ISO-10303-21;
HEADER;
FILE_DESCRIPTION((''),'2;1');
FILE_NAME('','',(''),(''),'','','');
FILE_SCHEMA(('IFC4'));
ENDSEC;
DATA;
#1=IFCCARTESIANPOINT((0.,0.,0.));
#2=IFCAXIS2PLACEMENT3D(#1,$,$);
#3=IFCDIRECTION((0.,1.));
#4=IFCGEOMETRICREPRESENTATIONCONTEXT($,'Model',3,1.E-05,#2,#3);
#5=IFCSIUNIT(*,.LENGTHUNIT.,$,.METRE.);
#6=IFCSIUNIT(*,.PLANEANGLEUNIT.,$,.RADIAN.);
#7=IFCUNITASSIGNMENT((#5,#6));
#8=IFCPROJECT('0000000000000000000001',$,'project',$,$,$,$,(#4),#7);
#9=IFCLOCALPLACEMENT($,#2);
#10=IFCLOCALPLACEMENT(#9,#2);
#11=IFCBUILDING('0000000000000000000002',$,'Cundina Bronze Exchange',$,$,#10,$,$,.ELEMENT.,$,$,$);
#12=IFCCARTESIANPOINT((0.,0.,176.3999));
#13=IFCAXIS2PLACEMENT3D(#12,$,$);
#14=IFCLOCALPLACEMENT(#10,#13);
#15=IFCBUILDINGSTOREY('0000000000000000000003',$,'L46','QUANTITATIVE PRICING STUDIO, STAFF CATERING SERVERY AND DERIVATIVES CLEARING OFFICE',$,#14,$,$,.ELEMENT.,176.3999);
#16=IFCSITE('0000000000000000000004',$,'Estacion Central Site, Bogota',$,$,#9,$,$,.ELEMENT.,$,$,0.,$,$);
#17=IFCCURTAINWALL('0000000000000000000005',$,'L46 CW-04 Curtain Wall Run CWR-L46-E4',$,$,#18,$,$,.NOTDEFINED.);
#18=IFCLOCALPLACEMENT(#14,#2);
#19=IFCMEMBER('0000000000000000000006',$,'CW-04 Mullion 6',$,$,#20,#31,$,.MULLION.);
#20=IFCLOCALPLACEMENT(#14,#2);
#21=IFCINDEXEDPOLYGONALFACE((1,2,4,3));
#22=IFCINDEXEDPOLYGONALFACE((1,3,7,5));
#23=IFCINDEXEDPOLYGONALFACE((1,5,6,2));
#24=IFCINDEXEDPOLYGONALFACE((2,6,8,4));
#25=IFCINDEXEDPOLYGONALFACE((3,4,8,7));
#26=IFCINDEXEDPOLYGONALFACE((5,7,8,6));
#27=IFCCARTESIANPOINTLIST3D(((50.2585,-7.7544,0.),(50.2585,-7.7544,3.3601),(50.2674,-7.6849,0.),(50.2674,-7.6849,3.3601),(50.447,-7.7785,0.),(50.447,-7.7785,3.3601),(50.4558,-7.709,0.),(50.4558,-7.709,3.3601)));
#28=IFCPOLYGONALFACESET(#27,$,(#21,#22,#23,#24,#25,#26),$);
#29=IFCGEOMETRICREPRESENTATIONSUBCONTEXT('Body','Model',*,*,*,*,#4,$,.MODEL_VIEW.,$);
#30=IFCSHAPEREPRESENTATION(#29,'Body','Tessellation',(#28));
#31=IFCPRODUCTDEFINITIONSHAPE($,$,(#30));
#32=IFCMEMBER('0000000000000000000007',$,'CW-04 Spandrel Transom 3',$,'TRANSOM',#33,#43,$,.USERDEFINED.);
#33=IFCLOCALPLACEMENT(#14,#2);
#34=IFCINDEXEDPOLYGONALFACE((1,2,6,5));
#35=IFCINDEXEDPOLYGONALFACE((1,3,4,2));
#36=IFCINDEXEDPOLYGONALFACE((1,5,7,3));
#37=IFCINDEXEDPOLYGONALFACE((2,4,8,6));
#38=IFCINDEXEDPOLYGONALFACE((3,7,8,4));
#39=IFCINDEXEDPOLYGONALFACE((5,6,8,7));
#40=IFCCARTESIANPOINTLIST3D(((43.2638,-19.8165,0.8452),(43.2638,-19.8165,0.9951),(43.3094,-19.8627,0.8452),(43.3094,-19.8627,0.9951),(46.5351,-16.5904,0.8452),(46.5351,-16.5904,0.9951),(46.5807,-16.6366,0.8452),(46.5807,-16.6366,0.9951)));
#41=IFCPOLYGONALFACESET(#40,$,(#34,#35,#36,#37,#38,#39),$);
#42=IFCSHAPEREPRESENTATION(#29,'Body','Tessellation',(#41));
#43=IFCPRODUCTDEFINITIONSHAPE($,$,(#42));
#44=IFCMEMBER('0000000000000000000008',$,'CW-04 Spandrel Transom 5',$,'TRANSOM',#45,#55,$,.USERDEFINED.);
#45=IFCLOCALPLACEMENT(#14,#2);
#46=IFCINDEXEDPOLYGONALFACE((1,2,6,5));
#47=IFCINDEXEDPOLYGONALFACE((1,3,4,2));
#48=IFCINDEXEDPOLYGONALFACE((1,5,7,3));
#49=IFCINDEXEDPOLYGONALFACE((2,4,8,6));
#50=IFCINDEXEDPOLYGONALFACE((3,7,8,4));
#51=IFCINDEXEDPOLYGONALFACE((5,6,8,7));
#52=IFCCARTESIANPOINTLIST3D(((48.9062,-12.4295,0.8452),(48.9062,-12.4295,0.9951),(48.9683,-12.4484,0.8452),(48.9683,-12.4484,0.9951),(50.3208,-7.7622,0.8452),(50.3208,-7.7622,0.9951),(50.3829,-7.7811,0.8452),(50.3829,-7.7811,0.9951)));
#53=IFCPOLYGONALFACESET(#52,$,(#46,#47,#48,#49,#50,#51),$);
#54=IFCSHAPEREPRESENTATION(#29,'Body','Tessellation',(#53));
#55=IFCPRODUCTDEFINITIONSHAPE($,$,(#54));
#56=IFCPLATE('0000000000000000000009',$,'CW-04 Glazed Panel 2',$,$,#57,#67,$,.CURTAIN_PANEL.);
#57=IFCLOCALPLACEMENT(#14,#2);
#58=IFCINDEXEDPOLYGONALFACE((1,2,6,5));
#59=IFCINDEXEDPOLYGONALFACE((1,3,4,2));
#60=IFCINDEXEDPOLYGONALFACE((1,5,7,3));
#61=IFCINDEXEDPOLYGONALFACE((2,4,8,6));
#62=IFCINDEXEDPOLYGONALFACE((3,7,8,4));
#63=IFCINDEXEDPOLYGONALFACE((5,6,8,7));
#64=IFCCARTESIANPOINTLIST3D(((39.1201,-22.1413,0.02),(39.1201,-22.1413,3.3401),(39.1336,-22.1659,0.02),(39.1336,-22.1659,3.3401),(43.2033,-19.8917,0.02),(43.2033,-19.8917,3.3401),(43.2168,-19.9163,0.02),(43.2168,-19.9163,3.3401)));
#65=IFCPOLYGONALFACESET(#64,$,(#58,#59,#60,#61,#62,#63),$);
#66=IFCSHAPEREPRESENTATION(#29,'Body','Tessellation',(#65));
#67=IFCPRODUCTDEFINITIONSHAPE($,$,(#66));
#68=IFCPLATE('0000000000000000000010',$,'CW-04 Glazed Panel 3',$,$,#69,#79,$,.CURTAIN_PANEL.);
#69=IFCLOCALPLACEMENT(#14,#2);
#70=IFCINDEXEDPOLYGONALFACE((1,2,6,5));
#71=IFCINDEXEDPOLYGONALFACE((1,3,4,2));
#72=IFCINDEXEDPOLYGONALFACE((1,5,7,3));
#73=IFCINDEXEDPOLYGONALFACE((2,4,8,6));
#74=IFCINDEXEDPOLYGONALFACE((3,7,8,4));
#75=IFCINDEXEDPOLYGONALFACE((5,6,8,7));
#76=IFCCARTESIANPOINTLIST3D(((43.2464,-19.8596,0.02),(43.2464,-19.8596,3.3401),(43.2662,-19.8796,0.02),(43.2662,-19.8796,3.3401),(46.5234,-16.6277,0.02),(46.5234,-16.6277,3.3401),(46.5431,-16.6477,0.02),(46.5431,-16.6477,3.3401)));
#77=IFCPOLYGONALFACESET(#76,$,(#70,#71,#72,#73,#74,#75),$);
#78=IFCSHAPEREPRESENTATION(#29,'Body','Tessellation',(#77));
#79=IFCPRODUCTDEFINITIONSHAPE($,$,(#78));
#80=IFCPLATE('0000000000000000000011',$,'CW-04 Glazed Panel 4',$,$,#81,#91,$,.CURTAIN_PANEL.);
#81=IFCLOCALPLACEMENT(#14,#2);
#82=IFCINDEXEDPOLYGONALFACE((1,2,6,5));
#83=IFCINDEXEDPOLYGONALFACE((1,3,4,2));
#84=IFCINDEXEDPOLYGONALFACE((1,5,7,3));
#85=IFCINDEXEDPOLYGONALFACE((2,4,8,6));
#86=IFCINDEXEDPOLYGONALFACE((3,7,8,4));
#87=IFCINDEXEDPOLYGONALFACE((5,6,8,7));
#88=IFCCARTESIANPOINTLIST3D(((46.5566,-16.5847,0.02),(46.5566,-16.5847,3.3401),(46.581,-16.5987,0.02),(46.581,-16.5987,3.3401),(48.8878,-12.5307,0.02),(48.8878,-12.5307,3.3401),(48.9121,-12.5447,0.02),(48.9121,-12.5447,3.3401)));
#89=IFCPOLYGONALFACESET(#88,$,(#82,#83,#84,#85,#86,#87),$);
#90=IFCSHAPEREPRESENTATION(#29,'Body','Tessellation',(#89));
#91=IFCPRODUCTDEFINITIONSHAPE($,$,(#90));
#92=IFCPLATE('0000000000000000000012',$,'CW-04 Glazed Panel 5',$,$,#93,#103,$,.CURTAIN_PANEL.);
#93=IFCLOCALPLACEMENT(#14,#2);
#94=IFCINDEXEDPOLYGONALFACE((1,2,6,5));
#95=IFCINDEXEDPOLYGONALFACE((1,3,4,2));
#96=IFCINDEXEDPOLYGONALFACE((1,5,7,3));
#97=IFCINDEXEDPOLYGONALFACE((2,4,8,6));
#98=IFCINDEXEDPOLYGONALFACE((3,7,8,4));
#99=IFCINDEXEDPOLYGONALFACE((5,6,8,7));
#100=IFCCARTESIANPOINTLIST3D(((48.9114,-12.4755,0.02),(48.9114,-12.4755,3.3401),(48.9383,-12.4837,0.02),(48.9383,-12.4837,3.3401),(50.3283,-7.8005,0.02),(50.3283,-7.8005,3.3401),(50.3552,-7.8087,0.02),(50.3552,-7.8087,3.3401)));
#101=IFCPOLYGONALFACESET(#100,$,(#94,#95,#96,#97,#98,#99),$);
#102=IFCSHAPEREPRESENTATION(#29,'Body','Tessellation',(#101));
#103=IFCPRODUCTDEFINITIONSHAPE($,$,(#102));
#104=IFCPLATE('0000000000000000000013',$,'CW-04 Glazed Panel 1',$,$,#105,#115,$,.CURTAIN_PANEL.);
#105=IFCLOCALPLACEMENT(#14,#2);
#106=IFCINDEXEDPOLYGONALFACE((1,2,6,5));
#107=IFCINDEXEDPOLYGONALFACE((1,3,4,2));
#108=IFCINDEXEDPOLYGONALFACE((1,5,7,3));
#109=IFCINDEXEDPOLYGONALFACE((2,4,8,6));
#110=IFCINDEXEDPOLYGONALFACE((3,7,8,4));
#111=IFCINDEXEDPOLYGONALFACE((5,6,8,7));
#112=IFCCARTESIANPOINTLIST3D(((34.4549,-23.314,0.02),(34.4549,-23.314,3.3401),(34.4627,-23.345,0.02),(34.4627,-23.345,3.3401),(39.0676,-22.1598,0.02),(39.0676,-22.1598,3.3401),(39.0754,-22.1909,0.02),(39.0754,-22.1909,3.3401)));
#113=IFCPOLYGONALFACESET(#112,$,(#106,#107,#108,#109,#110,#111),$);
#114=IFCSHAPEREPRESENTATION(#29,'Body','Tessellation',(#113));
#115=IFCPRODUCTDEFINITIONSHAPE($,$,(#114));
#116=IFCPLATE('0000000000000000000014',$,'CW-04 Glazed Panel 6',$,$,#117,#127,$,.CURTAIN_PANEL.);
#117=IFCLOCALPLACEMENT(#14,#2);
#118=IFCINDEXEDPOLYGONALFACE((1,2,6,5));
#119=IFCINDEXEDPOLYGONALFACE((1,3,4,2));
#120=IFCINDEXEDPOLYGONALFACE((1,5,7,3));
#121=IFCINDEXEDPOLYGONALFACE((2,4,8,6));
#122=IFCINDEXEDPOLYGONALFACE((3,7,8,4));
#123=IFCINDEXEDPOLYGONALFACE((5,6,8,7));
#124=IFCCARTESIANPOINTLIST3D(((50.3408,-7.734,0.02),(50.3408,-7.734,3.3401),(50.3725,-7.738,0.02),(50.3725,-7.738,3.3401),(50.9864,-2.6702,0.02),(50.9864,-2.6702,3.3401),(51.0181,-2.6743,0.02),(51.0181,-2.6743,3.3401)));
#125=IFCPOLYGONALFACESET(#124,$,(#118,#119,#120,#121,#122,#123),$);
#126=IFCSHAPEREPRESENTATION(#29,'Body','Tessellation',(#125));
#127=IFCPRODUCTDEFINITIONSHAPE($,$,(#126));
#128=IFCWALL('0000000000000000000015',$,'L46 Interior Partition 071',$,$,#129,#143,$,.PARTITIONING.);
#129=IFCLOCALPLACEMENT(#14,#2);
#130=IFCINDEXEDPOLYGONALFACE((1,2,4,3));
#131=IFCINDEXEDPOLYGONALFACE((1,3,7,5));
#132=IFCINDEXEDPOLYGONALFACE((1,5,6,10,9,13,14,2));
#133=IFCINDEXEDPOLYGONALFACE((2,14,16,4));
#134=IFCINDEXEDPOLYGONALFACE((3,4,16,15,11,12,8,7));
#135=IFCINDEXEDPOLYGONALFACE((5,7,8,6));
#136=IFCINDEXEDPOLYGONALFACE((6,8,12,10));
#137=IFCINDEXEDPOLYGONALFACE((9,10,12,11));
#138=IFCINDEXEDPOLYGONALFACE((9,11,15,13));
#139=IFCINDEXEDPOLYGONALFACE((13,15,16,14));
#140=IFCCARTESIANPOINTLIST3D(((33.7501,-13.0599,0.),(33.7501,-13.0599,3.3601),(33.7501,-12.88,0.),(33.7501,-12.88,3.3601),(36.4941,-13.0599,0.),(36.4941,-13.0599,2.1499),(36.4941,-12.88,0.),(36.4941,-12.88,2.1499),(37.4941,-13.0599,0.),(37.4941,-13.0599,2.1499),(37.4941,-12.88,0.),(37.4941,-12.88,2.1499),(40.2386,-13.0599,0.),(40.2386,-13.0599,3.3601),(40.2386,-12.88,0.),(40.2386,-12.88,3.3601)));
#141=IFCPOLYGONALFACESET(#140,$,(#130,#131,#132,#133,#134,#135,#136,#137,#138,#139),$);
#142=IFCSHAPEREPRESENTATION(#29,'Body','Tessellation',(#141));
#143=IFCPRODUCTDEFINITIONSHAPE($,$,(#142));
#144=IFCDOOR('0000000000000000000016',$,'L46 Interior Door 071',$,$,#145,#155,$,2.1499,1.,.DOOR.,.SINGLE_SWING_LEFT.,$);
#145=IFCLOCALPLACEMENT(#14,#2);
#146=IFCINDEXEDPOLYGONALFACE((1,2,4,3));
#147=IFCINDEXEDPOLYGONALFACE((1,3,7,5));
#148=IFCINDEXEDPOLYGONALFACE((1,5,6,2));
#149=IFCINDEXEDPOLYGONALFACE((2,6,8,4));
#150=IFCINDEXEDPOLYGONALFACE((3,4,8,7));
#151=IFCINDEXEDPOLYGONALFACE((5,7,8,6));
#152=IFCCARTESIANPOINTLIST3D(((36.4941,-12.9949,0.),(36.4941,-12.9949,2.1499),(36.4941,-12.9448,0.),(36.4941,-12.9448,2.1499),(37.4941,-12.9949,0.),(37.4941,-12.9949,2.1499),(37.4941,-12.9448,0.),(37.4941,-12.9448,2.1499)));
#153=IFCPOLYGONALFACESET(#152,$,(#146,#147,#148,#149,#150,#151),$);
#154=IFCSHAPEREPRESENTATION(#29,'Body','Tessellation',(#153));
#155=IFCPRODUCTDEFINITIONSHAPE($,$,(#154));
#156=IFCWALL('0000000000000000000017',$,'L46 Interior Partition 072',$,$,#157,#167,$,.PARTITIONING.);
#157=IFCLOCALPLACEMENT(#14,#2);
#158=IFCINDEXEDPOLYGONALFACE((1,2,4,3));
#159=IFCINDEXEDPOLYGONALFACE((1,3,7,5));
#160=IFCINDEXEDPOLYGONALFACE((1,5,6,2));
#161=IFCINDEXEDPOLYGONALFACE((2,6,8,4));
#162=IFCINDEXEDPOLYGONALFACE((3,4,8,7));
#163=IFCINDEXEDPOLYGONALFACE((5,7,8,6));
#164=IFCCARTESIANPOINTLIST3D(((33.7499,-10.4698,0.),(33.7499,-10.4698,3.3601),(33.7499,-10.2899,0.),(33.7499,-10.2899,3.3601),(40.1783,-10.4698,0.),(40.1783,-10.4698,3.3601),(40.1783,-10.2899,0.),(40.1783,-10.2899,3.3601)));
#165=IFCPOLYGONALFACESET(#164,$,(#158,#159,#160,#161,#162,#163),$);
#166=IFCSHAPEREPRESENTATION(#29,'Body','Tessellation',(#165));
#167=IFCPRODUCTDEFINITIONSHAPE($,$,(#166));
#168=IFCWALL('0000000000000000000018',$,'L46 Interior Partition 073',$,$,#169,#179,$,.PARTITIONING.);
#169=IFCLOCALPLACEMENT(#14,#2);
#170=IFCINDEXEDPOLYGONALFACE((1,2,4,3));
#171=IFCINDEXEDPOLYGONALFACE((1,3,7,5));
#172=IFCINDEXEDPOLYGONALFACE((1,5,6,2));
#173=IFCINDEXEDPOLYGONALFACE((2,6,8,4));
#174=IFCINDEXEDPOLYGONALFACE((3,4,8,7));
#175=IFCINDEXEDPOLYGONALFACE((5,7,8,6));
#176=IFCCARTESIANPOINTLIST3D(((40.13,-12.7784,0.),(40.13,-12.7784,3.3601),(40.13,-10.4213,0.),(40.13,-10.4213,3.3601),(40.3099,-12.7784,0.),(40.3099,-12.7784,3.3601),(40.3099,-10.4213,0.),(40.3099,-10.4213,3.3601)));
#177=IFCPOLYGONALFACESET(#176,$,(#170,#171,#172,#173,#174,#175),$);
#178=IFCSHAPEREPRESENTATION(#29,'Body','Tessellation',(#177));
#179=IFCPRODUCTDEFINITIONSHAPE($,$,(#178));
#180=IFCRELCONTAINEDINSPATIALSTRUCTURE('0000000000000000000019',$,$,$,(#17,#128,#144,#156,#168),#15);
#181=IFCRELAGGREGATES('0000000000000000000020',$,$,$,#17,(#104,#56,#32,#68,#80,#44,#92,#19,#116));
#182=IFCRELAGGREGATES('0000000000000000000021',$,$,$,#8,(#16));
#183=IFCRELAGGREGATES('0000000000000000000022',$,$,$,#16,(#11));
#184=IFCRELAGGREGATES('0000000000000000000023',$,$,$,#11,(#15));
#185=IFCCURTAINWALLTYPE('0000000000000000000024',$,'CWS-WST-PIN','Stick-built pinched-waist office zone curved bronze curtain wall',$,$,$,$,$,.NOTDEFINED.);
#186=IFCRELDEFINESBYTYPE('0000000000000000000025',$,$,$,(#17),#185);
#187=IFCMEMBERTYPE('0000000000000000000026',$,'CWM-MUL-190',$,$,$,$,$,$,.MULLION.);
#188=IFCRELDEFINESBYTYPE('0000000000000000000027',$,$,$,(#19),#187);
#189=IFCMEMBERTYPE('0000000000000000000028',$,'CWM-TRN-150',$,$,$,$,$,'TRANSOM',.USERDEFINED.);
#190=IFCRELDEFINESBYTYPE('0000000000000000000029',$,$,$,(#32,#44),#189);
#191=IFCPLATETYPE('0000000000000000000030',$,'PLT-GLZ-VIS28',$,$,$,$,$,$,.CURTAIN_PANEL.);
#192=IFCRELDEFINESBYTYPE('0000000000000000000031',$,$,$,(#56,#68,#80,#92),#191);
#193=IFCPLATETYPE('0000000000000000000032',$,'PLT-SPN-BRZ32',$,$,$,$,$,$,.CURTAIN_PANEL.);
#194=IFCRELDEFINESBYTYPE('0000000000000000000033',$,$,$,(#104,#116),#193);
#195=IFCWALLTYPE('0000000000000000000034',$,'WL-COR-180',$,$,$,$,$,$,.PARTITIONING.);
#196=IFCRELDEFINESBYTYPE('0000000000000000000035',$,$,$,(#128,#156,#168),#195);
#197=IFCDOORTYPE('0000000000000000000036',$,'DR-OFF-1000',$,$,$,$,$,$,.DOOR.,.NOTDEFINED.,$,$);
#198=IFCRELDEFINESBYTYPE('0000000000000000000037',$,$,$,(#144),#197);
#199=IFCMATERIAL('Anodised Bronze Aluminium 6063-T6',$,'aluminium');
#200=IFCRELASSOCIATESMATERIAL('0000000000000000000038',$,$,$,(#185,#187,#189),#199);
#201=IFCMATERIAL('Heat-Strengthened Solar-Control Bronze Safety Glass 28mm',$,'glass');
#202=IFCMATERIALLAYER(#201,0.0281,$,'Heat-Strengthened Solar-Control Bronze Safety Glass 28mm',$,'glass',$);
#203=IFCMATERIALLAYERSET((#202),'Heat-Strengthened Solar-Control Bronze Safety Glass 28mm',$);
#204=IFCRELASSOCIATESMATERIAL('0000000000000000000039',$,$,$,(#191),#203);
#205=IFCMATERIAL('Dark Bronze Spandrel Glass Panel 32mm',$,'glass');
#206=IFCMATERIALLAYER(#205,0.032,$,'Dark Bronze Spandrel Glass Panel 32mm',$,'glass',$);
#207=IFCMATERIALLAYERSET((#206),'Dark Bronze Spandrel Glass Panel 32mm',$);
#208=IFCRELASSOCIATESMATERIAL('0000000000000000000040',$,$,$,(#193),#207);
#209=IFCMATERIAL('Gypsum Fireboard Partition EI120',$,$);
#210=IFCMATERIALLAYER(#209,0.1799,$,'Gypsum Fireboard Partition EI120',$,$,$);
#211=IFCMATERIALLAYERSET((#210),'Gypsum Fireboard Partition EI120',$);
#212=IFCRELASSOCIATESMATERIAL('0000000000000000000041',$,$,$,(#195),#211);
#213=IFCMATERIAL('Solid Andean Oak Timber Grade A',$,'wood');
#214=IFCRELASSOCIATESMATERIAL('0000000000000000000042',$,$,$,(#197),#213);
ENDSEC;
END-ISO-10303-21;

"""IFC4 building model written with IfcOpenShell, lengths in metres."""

from ifc_helpers import new_model, si_unit, direction, frame, frame_2d, origin, origin_2d, place, context, subcontext, project, spatial, rectangle, extrude, material, layer, layer_set, material_profile, profile_set, type_object, element, fill, aggregate, save


model = new_model("IFC4")

# Units and contexts
model_context = context("Model", 3, precision=1e-05, world=origin(), true_north=direction((0.0, 1.0)))
body_context = subcontext(model_context, "Body", "Model", "MODEL_VIEW")
ifc_project = project(units=[si_unit("LENGTHUNIT", "METRE"), si_unit("PLANEANGLEUNIT", "RADIAN")], contexts=[model_context])

# Site, building, storey
site_placement = place(None, origin())
site = spatial("IfcSite", under=ifc_project, at=site_placement, Name="Estacion Central Site, Bogota", CompositionType="ELEMENT", RefElevation=0.0)
building_placement = place(site_placement, origin())
building = spatial("IfcBuilding", under=site, at=building_placement, Name="Cundina Bronze Exchange", CompositionType="ELEMENT")
storey_placement = place(building_placement, frame((0.0, 0.0, 176.3999)))
storey = spatial("IfcBuildingStorey", under=building, at=storey_placement, Name="L46", Description="QUANTITATIVE PRICING STUDIO, STAFF CATERING SERVERY AND DERIVATIVES CLEARING OFFICE", CompositionType="ELEMENT", Elevation=176.3999)

# Curtain wall, members, plates
ifc_material_1 = material(Name="Anodised Bronze Aluminium 6063-T6", Category="aluminium")
curtain_wall_type = type_object("IfcCurtainWallType", Name="CWS-WST-PIN", Description="Stick-built pinched-waist office zone curved bronze curtain wall", PredefinedType="NOTDEFINED", material=ifc_material_1)
curtain_wall_placement = place(storey_placement, origin())
curtain_wall = element("IfcCurtainWall", 1, at=curtain_wall_placement, inside=storey, type_object=curtain_wall_type, Name="L46 CW-04 Curtain Wall Run CWR-L46-E4", PredefinedType="NOTDEFINED")
ifc_material_profile_1 = material_profile(ifc_material_1, rectangle(XDim=0.0701, YDim=0.1899, at=origin_2d()), Name="AL70X190", Category="aluminium")
ifc_profile_set_1 = profile_set([ifc_material_profile_1], Name="Anodised Bronze Aluminium 6063-T6")
member_type_1 = type_object("IfcMemberType", Name="CWM-MUL-190", PredefinedType="MULLION", material=ifc_profile_set_1)
member_1_placement = place(storey_placement, frame((50.3572, -7.7317, 0.0), z_axis=(0.0, 0.0, 1.0), x_axis=(0.126545, 0.991961, 0.0)))
member_1 = element("IfcMember", 2, at=member_1_placement, type_object=member_type_1, Name="CW-04 Mullion 6", PredefinedType="MULLION", context=body_context, shape_type="SweptSolid", body=[
    extrude(rectangle(XDim=0.0701, YDim=0.1899, at=origin_2d()), origin(), (0.0, 0.0, 1.0), 3.3601),
])
ifc_material_profile_2 = material_profile(ifc_material_1, rectangle(XDim=0.0649, YDim=0.1499, at=origin_2d()), Name="AL65X150", Category="aluminium")
ifc_profile_set_2 = profile_set([ifc_material_profile_2], Name="Anodised Bronze Aluminium 6063-T6")
member_type_2 = type_object("IfcMemberType", Name="CWM-TRN-150", ElementType="TRANSOM", PredefinedType="USERDEFINED", material=ifc_profile_set_2)
member_2_placement = place(storey_placement, frame((43.2866, -19.8396, 0.9202), z_axis=(0.712005, 0.702174, 0.0), x_axis=(-0.702174, 0.712005, 0.0)))
member_2 = element("IfcMember", 3, at=member_2_placement, type_object=member_type_2, Name="CW-04 Spandrel Transom 3", ObjectType="TRANSOM", PredefinedType="USERDEFINED", context=body_context, shape_type="SweptSolid", body=[
    extrude(rectangle(XDim=0.0649, YDim=0.1499, at=origin_2d()), origin(), (0.0, 0.0, 1.0), 4.5945),
])
member_3_placement = place(storey_placement, frame((48.9373, -12.439, 0.9202), z_axis=(0.290052, 0.957011, 0.0), x_axis=(-0.957011, 0.290052, 0.0)))
member_3 = element("IfcMember", 4, at=member_3_placement, type_object=member_type_2, Name="CW-04 Spandrel Transom 5", ObjectType="TRANSOM", PredefinedType="USERDEFINED", context=body_context, shape_type="SweptSolid", body=[
    extrude(rectangle(XDim=0.0649, YDim=0.1499, at=origin_2d()), origin(), (0.0, 0.0, 1.0), 4.877),
])
ifc_material_2 = material(Name="Heat-Strengthened Solar-Control Bronze Safety Glass 28mm", Category="glass")
ifc_layer_1 = layer(ifc_material_2, 0.0281, Name="Heat-Strengthened Solar-Control Bronze Safety Glass 28mm", Category="glass")
ifc_layer_set_1 = layer_set([ifc_layer_1], Name="Heat-Strengthened Solar-Control Bronze Safety Glass 28mm")
plate_type_1 = type_object("IfcPlateType", Name="PLT-GLZ-VIS28", PredefinedType="CURTAIN_PANEL", material=ifc_layer_set_1)
plate_1_placement = place(storey_placement, frame((41.1685, -21.0288, 0.02), z_axis=(0.0, 0.0, 1.0), x_axis=(0.875869, 0.482549, 0.0)))
plate_1 = element("IfcPlate", 5, at=plate_1_placement, type_object=plate_type_1, Name="CW-04 Glazed Panel 2", PredefinedType="CURTAIN_PANEL", context=body_context, shape_type="SweptSolid", body=[
    extrude(rectangle(XDim=4.6619, YDim=0.0281, at=origin_2d()), origin(), (0.0, 0.0, 1.0), 3.3201),
])
plate_2_placement = place(storey_placement, frame((44.8948, -18.2537, 0.02), z_axis=(0.0, 0.0, 1.0), x_axis=(0.711989, 0.70219, 0.0)))
plate_2 = element("IfcPlate", 6, at=plate_2_placement, type_object=plate_type_1, Name="CW-04 Glazed Panel 3", PredefinedType="CURTAIN_PANEL", context=body_context, shape_type="SweptSolid", body=[
    extrude(rectangle(XDim=4.6025, YDim=0.0281, at=origin_2d()), origin(), (0.0, 0.0, 1.0), 3.3201),
])
plate_3_placement = place(storey_placement, frame((47.7344, -14.5647, 0.02), z_axis=(0.0, 0.0, 1.0), x_axis=(0.498488, 0.866897, 0.0)))
plate_3 = element("IfcPlate", 7, at=plate_3_placement, type_object=plate_type_1, Name="CW-04 Glazed Panel 4", PredefinedType="CURTAIN_PANEL", context=body_context, shape_type="SweptSolid", body=[
    extrude(rectangle(XDim=4.6765, YDim=0.0281, at=origin_2d()), origin(), (0.0, 0.0, 1.0), 3.3201),
])
plate_4_placement = place(storey_placement, frame((49.6333, -10.1421, 0.02), z_axis=(0.0, 0.0, 1.0), x_axis=(0.290051, 0.957011, 0.0)))
plate_4 = element("IfcPlate", 8, at=plate_4_placement, type_object=plate_type_1, Name="CW-04 Glazed Panel 5", PredefinedType="CURTAIN_PANEL", context=body_context, shape_type="SweptSolid", body=[
    extrude(rectangle(XDim=4.885, YDim=0.0281, at=origin_2d()), origin(), (0.0, 0.0, 1.0), 3.3201),
])
ifc_material_3 = material(Name="Dark Bronze Spandrel Glass Panel 32mm", Category="glass")
ifc_layer_2 = layer(ifc_material_3, 0.032, Name="Dark Bronze Spandrel Glass Panel 32mm", Category="glass")
ifc_layer_set_2 = layer_set([ifc_layer_2], Name="Dark Bronze Spandrel Glass Panel 32mm")
plate_type_2 = type_object("IfcPlateType", Name="PLT-SPN-BRZ32", PredefinedType="CURTAIN_PANEL", material=ifc_layer_set_2)
plate_5_placement = place(storey_placement, frame((36.7651, -22.7524, 0.02), z_axis=(0.0, 0.0, 1.0), x_axis=(0.970093, 0.242735, 0.0)))
plate_5 = element("IfcPlate", 9, at=plate_5_placement, type_object=plate_type_2, Name="CW-04 Glazed Panel 1", PredefinedType="CURTAIN_PANEL", context=body_context, shape_type="SweptSolid", body=[
    extrude(rectangle(XDim=4.7549, YDim=0.032, at=origin_2d()), origin(), (0.0, 0.0, 1.0), 3.3201),
])
plate_6_placement = place(storey_placement, frame((50.6794, -5.2041, 0.02), z_axis=(0.0, 0.0, 1.0), x_axis=(0.126476, 0.99197, 0.0)))
plate_6 = element("IfcPlate", 10, at=plate_6_placement, type_object=plate_type_2, Name="CW-04 Glazed Panel 6", PredefinedType="CURTAIN_PANEL", context=body_context, shape_type="SweptSolid", body=[
    extrude(rectangle(XDim=5.1047, YDim=0.032, at=origin_2d()), origin(), (0.0, 0.0, 1.0), 3.3201),
])
aggregate(curtain_wall, [plate_5, plate_1, member_2, plate_2, plate_3, member_3, plate_4, member_1, plate_6])

# Wall, opening, door
ifc_material_4 = material(Name="Gypsum Fireboard Partition EI120")
ifc_layer_3 = layer(ifc_material_4, 0.1799, Name="Gypsum Fireboard Partition EI120")
ifc_layer_set_3 = layer_set([ifc_layer_3], Name="Gypsum Fireboard Partition EI120")
wall_type_1 = type_object("IfcWallType", Name="WL-COR-180", PredefinedType="PARTITIONING", material=ifc_layer_set_3)
wall_1_placement = place(storey_placement, frame((40.2385, -12.97, 0.0), z_axis=(0.0, 0.0, 1.0), x_axis=(-1.0, 0.0, 0.0)))
wall_1 = element("IfcWall", 11, at=wall_1_placement, inside=storey, type_object=wall_type_1, Name="L46 Interior Partition 071", PredefinedType="PARTITIONING", context=body_context, shape_type="SweptSolid", body=[
    extrude(rectangle(XDim=6.4885, YDim=0.1799, at=frame_2d((3.2441, 0.0))), origin(), (0.0, 0.0, 1.0), 3.3601),
])
opening_placement = place(wall_1_placement, frame((2.7444, 0.0, 0.0)))
opening = element("IfcOpeningElement", 12, at=opening_placement, cuts=wall_1, PredefinedType="OPENING", context=body_context, shape_type="SweptSolid", body=[
    extrude(rectangle(XDim=1.0, YDim=2.1499, at=frame_2d((0.5, 1.075))), frame((0.0, 0.0999, 0.0), z_axis=(0.0, -1.0, 0.0), x_axis=(1.0, 0.0, 0.0)), (0.0, 0.0, 1.0), 0.2),
])
ifc_material_5 = material(Name="Solid Andean Oak Timber Grade A", Category="wood")
door_type = type_object("IfcDoorType", Name="DR-OFF-1000", OperationType="NOTDEFINED", PredefinedType="DOOR", material=ifc_material_5)
door_placement = place(opening_placement, origin())
door = element("IfcDoor", 13, at=door_placement, inside=storey, type_object=door_type, Name="L46 Interior Door 071", OperationType="SINGLE_SWING_LEFT", OverallHeight=2.1499, OverallWidth=1.0, PredefinedType="DOOR", context=body_context, shape_type="SweptSolid", body=[
    extrude(rectangle(XDim=1.0, YDim=2.1499, at=frame_2d((0.5, 1.075))), frame((0.0, 0.0249, 0.0), z_axis=(0.0, -1.0, 0.0), x_axis=(1.0, 0.0, 0.0)), (0.0, 0.0, 1.0), 0.05),
])
fill(opening, door)

# Walls
wall_2_placement = place(storey_placement, frame((40.1785, -10.3799, 0.0), z_axis=(0.0, 0.0, 1.0), x_axis=(-1.0, 0.0, 0.0)))
element("IfcWall", 14, at=wall_2_placement, inside=storey, type_object=wall_type_1, Name="L46 Interior Partition 072", PredefinedType="PARTITIONING", context=body_context, shape_type="SweptSolid", body=[
    extrude(rectangle(XDim=6.4285, YDim=0.1799, at=frame_2d((3.2144, 0.0))), origin(), (0.0, 0.0, 1.0), 3.3601),
])
wall_3_placement = place(storey_placement, frame((40.22, -12.7786, 0.0), z_axis=(0.0, 0.0, 1.0), x_axis=(0.0, 1.0, 0.0)))
element("IfcWall", 15, at=wall_3_placement, inside=storey, type_object=wall_type_1, Name="L46 Interior Partition 073", PredefinedType="PARTITIONING", context=body_context, shape_type="SweptSolid", body=[
    extrude(rectangle(XDim=2.3572, YDim=0.1799, at=frame_2d((1.1787, 0.0))), origin(), (0.0, 0.0, 1.0), 3.3601),
])

save(model, "model.ifc")
